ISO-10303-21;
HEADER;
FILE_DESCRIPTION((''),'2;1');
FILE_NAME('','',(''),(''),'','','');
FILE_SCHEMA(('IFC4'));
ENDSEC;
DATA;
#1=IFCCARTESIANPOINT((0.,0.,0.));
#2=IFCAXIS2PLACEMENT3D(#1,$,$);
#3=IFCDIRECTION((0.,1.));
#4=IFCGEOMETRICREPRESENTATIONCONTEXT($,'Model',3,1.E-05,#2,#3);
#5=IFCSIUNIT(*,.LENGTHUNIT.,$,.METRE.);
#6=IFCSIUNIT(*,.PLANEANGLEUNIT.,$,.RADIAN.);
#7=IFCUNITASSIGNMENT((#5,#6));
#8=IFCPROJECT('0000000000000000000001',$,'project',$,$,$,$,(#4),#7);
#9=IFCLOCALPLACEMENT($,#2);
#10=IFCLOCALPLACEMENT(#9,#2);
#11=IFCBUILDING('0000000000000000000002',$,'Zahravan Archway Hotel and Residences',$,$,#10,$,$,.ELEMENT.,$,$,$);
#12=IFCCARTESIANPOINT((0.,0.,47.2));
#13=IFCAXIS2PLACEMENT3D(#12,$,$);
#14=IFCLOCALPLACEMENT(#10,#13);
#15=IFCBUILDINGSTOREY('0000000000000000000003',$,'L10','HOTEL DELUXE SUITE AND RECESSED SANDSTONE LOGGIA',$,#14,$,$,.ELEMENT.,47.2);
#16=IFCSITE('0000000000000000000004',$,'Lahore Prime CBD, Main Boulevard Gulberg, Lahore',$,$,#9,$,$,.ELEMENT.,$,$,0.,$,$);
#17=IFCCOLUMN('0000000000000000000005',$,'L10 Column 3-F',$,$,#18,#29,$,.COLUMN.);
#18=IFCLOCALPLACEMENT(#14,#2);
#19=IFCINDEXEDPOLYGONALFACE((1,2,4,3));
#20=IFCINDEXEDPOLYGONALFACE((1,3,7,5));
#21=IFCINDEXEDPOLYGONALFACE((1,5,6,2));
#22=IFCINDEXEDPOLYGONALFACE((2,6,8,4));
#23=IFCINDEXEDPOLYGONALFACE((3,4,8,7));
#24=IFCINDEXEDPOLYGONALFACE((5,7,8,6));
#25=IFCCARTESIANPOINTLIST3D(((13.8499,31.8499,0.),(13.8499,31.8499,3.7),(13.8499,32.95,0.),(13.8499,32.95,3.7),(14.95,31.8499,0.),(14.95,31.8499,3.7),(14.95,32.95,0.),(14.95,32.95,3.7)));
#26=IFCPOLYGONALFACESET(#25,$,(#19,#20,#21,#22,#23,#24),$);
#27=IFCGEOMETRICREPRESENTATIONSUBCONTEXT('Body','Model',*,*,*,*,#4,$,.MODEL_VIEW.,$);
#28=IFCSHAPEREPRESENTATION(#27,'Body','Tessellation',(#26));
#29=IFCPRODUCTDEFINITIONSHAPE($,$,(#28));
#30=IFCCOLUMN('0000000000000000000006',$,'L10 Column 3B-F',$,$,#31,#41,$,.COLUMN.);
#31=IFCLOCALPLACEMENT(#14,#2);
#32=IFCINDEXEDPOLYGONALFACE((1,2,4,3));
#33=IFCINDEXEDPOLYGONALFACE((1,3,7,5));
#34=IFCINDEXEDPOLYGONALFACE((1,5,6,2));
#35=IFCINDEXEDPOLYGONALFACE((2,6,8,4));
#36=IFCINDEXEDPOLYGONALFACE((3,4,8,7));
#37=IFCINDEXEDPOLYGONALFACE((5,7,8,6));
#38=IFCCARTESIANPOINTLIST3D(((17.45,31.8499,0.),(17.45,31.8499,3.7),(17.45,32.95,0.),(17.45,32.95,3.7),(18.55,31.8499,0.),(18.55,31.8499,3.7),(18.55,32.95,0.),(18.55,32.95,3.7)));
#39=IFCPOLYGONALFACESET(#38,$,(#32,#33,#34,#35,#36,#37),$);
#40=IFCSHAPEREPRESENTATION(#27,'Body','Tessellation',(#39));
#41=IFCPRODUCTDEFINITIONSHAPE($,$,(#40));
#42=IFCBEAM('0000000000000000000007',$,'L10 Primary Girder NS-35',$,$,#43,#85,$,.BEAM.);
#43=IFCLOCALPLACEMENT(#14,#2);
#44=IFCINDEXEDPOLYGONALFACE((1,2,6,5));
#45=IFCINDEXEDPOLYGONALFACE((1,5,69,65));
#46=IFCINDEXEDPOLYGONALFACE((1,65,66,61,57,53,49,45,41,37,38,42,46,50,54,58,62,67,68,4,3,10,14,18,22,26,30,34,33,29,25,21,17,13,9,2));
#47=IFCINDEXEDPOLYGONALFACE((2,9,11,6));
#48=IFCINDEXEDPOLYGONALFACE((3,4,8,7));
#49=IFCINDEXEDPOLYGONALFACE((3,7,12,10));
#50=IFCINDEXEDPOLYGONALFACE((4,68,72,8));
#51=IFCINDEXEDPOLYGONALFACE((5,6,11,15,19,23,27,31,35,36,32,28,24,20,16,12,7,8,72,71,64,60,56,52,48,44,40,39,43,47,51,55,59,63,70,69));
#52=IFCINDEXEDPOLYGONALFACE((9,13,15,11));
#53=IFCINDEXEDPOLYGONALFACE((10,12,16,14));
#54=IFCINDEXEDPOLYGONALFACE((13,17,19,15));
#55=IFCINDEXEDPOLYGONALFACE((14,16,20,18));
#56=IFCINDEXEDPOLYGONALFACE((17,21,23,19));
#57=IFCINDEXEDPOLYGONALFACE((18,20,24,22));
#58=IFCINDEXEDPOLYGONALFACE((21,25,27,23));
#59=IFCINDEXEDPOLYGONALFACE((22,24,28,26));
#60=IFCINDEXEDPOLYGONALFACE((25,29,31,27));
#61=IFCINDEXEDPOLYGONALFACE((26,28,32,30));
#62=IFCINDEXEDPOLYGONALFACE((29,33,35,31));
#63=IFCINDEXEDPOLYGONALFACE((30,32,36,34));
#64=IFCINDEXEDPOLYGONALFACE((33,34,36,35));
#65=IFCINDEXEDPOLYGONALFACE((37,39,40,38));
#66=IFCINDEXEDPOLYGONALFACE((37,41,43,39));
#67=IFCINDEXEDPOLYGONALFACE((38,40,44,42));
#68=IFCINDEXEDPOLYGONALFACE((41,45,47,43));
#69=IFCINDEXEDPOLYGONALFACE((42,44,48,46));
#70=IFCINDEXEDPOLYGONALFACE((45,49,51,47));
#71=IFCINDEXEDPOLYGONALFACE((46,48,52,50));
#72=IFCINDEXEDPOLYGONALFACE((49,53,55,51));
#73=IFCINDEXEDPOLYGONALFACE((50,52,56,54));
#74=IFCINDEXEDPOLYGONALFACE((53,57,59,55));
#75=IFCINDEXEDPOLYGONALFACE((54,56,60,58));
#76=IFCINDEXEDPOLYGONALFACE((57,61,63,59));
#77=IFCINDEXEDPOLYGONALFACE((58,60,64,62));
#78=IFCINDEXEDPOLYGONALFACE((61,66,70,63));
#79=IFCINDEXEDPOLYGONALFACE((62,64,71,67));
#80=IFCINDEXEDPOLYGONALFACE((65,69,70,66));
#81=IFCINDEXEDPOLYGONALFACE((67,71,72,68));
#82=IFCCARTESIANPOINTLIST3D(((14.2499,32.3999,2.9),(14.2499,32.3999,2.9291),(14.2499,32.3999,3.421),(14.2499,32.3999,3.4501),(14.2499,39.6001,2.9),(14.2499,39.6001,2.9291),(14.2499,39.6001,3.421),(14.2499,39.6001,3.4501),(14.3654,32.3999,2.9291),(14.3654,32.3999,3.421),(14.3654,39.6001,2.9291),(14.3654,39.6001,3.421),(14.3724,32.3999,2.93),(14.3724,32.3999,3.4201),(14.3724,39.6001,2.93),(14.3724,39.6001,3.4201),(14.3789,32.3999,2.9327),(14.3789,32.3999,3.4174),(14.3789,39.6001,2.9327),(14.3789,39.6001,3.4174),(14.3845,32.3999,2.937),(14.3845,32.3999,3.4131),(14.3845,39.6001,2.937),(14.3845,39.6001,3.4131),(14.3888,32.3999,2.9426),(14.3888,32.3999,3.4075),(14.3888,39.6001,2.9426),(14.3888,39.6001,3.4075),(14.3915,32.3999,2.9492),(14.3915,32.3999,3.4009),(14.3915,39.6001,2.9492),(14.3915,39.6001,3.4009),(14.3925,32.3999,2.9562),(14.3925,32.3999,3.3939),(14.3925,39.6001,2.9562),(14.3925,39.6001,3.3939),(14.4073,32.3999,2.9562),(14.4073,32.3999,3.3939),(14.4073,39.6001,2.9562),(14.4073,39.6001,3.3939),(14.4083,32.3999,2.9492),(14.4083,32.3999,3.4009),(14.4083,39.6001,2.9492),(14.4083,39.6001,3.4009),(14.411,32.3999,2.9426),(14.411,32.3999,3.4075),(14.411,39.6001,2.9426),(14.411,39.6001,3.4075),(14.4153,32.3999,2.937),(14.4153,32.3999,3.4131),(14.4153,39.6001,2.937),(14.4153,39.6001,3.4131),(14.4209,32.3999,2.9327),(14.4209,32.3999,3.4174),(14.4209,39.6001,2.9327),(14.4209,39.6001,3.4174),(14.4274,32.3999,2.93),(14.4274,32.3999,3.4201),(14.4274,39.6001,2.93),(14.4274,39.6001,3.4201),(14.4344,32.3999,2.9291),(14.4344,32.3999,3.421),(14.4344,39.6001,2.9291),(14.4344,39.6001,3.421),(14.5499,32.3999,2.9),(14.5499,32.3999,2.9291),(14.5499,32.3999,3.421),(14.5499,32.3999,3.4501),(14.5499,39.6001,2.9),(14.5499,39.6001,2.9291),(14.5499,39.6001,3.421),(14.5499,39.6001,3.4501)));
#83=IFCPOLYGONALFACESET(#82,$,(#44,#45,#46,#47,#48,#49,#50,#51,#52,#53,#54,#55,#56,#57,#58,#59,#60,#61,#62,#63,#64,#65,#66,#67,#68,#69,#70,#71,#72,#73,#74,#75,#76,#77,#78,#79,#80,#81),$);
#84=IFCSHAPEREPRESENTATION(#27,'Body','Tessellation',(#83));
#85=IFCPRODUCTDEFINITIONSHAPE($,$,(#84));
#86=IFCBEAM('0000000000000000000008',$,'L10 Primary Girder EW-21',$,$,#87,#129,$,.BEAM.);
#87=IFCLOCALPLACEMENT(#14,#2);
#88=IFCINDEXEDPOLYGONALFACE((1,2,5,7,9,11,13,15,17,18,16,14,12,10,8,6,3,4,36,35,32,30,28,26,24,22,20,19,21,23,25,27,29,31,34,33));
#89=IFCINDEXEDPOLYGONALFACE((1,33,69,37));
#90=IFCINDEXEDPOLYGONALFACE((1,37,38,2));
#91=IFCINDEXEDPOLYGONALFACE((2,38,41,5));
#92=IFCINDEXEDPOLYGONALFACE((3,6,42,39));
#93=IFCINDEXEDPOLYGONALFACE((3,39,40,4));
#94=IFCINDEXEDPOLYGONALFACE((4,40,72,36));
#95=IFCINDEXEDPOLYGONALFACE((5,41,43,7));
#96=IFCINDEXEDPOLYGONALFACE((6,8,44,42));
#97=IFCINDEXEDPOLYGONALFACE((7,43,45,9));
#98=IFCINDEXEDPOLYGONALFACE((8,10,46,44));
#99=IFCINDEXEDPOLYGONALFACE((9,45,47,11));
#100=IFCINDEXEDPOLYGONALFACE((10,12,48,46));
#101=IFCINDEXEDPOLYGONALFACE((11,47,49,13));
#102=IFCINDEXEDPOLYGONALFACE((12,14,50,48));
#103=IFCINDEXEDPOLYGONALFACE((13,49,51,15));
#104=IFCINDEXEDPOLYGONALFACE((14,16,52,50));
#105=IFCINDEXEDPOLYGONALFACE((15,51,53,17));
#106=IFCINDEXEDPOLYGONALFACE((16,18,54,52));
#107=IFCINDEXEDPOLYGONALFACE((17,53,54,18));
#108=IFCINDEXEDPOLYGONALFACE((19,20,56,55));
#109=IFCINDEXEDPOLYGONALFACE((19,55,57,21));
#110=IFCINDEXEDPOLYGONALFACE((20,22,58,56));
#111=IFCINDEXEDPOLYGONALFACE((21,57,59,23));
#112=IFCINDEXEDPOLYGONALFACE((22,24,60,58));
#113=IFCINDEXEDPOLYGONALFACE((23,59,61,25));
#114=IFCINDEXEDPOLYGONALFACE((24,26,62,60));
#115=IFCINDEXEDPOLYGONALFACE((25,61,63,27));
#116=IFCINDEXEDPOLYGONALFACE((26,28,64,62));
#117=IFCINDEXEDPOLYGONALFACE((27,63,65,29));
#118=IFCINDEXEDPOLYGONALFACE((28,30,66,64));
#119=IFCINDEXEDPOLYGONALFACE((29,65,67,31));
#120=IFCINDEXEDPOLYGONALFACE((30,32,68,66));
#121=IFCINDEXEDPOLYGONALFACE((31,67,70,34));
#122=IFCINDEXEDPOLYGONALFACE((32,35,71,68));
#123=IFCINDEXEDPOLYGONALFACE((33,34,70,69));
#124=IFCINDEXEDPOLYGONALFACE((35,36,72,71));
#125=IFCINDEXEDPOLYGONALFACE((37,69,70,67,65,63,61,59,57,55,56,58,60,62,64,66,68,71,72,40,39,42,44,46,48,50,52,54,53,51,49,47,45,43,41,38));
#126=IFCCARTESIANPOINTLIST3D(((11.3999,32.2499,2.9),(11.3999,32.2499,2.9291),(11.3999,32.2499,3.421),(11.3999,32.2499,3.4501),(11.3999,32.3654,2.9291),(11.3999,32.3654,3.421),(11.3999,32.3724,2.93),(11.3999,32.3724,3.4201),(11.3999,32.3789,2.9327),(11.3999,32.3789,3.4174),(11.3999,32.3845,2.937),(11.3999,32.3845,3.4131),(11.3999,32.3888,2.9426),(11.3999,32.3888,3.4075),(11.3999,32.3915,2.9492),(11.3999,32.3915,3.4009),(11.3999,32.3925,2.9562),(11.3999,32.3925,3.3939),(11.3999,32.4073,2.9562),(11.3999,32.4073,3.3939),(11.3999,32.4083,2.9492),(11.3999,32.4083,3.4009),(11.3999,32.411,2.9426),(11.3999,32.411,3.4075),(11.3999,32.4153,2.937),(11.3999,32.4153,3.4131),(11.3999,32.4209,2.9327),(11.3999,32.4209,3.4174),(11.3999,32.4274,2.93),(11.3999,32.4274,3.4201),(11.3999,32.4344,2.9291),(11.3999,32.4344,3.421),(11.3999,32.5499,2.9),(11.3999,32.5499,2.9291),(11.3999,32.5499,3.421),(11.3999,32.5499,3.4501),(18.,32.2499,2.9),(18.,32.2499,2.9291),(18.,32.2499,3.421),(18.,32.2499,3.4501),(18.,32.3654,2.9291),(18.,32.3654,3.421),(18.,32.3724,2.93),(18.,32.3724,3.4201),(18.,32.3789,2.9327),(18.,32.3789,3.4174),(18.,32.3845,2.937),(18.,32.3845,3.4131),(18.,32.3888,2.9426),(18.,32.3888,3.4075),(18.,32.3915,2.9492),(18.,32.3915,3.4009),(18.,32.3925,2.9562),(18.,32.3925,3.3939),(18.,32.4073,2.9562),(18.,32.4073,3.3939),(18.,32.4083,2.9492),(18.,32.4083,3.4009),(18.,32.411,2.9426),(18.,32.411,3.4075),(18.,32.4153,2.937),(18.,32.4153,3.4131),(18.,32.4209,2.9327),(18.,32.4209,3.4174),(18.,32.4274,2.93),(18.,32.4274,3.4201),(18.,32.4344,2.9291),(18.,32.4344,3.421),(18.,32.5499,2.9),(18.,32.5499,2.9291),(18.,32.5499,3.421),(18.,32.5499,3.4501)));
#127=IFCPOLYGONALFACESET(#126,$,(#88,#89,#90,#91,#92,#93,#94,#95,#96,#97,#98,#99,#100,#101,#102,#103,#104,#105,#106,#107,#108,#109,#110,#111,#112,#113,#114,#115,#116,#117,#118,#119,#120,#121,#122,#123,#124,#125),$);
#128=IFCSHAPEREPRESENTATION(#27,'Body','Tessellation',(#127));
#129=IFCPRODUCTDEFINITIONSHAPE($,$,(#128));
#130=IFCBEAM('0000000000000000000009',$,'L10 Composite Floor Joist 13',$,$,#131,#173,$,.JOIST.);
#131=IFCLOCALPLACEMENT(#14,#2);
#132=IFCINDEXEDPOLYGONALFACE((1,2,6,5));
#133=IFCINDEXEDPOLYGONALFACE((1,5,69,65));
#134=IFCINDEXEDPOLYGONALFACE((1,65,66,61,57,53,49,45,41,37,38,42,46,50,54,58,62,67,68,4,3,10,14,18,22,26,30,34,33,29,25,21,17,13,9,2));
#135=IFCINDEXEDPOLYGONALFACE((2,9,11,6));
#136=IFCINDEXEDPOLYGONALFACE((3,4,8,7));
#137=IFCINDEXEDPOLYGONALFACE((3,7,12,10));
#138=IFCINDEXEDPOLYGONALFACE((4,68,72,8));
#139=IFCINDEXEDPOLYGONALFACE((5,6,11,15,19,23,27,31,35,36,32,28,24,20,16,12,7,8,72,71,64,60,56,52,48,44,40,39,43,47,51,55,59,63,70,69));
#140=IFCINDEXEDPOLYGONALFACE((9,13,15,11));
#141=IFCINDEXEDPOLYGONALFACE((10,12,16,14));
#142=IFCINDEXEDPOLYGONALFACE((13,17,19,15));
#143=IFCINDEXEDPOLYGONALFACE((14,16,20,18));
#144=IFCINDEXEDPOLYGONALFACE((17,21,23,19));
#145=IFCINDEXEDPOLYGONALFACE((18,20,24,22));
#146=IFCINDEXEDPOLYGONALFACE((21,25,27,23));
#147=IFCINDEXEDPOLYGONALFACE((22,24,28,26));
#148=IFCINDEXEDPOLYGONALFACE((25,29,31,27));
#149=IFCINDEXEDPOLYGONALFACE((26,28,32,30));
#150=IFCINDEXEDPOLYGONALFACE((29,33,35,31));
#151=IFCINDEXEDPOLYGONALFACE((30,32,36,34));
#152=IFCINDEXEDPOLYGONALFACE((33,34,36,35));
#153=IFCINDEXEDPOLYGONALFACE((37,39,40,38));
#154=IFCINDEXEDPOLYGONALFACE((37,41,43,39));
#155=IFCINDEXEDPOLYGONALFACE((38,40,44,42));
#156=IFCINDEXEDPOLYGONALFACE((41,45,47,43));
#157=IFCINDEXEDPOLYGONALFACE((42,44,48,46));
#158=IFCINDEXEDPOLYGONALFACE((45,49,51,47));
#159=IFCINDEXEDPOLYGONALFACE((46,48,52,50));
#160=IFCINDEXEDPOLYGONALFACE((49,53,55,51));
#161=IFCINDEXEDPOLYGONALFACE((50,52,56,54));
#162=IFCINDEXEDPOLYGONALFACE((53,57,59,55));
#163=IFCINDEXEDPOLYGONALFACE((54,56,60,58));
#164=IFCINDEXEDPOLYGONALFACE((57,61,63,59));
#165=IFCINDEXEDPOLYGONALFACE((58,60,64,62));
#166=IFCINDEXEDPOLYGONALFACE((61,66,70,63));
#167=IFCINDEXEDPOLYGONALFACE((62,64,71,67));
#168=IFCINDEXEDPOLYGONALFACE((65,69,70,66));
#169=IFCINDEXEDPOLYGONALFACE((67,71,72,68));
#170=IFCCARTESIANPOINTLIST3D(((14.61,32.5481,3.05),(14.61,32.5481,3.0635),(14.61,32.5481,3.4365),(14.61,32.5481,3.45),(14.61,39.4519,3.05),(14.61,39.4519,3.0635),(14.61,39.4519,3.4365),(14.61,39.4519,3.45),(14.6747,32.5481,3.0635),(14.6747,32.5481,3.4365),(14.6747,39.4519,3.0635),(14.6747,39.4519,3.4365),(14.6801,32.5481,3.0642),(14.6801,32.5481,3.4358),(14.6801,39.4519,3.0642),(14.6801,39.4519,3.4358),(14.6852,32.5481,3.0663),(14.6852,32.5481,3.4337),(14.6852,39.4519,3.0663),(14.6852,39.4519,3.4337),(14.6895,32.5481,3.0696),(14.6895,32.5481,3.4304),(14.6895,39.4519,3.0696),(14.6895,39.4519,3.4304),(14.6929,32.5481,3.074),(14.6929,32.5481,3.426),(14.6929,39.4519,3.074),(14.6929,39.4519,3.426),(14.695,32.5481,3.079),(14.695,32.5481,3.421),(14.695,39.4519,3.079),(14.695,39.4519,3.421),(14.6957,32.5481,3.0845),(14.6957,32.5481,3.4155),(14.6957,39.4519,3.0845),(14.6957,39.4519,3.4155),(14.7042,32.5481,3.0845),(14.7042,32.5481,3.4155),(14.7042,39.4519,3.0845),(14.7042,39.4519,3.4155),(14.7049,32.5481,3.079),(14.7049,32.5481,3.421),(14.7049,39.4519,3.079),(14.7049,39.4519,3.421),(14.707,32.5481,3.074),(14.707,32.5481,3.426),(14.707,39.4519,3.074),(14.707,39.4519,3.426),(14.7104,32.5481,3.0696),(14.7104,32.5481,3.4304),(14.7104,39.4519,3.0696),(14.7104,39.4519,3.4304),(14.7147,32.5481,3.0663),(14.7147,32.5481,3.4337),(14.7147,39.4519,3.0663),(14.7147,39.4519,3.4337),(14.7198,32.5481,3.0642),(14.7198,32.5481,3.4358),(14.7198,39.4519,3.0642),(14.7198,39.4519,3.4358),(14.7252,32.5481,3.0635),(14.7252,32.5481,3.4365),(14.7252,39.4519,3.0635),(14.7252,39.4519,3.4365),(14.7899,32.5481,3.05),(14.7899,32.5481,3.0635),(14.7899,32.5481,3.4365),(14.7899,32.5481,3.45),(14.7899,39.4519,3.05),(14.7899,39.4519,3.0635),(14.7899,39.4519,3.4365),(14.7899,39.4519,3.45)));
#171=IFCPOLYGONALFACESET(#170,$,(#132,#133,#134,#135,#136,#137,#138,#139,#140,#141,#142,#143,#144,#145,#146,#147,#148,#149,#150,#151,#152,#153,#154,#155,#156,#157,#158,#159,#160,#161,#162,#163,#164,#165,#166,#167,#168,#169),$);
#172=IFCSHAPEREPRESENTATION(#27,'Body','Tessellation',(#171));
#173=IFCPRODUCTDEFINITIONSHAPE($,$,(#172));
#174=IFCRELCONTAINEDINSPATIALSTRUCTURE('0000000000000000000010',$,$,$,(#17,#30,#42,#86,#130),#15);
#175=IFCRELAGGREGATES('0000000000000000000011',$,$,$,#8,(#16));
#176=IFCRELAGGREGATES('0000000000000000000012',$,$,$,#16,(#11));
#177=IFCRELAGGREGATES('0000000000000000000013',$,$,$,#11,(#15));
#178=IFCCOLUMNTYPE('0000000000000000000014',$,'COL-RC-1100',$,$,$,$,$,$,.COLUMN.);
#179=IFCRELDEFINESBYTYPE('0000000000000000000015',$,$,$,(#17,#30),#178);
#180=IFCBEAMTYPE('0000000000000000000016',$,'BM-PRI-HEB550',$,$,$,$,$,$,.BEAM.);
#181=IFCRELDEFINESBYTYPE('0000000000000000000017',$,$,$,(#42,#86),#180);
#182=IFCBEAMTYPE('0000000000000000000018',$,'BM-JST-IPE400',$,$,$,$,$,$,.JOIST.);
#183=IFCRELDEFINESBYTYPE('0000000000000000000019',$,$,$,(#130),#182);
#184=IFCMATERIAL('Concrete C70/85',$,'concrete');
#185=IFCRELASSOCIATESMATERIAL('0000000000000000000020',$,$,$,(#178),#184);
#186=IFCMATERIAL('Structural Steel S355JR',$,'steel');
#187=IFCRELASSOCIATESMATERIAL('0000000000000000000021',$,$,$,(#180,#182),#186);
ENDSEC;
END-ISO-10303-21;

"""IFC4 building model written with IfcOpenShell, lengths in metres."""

from ifc_helpers import new_model, si_unit, direction, frame, origin, origin_2d, place, context, subcontext, project, spatial, rectangle, i_section, extrude, source, transform, mapped, material, material_profile, profile_set, type_object, type_shapes, element, save


model = new_model("IFC4")

# Units and contexts
model_context = context("Model", 3, precision=1e-05, world=origin(), true_north=direction((0.0, 1.0)))
body_context = subcontext(model_context, "Body", "Model", "MODEL_VIEW")
ifc_project = project(units=[si_unit("LENGTHUNIT", "METRE"), si_unit("PLANEANGLEUNIT", "RADIAN")], contexts=[model_context])

# Site, building, storey
site_placement = place(None, origin())
site = spatial("IfcSite", under=ifc_project, at=site_placement, Name="Lahore Prime CBD, Main Boulevard Gulberg, Lahore", CompositionType="ELEMENT", RefElevation=0.0)
building_placement = place(site_placement, origin())
building = spatial("IfcBuilding", under=site, at=building_placement, Name="Zahravan Archway Hotel and Residences", CompositionType="ELEMENT")
storey_placement = place(building_placement, frame((0.0, 0.0, 47.2)))
storey = spatial("IfcBuildingStorey", under=building, at=storey_placement, Name="L10", Description="HOTEL DELUXE SUITE AND RECESSED SANDSTONE LOGGIA", CompositionType="ELEMENT", Elevation=47.2)

# Columns
ifc_material_1 = material(Name="Concrete C70/85", Category="concrete")
ifc_material_profile_1 = material_profile(ifc_material_1, rectangle(XDim=1.1001, YDim=1.1001, at=origin_2d()), Name="RC 1100x1100", Category="concrete")
ifc_profile_set_1 = profile_set([ifc_material_profile_1], Name="Concrete C70/85")
column_type = type_object("IfcColumnType", Name="COL-RC-1100", PredefinedType="COLUMN", material=ifc_profile_set_1)
shared_shape_1 = source(origin(), body_context, "Body", "SweptSolid", [
    extrude(rectangle(XDim=1.1001, YDim=1.1001, at=origin_2d()), origin(), (0.0, 0.0, 1.0), 3.7),
])
for number, where, z_axis, x_axis, name in (
    (1, (14.3999, 32.3999, 0.0), (0.0, 0.0, 1.0), (1.0, 0.0, 0.0), "L10 Column 3-F"),
    (2, (18.0, 32.3999, 0.0), (0.0, 0.0, 1.0), (1.0, 0.0, 0.0), "L10 Column 3B-F"),
):
    element("IfcColumn", number, at=place(storey_placement, frame(where, z_axis=z_axis, x_axis=x_axis)), inside=storey, type_object=column_type, Name=name, PredefinedType="COLUMN", context=body_context, shape_type="MappedRepresentation", body=[
        mapped(shared_shape_1, transform((0.0, 0.0, 0.0), scale=1.0)),
    ])

# Beams
ifc_material_2 = material(Name="Structural Steel S355JR", Category="steel")
ifc_material_profile_2 = material_profile(ifc_material_2, i_section(OverallWidth=0.3, OverallDepth=0.55, WebThickness=0.0149, FlangeThickness=0.0291, FilletRadius=0.0271, at=origin_2d()), Name="HEB 550", Category="steel")
ifc_profile_set_2 = profile_set([ifc_material_profile_2], Name="Structural Steel S355JR")
beam_type_1 = type_object("IfcBeamType", Name="BM-PRI-HEB550", PredefinedType="BEAM", material=ifc_profile_set_2)
shared_shape_2 = source(origin(), body_context, "Body", "SweptSolid", [
    extrude(i_section(OverallWidth=0.3, OverallDepth=0.55, WebThickness=0.0149, FlangeThickness=0.0291, FilletRadius=0.0271, at=origin_2d()), origin(), (0.0, 0.0, 1.0), 7.2002),
])
type_shapes(beam_type_1, [shared_shape_2])
beam_1_placement = place(storey_placement, frame((14.3999, 32.3999, 3.175), z_axis=(0.0, 1.0, 0.0), x_axis=(-1.0, 0.0, 0.0)))
element("IfcBeam", 3, at=beam_1_placement, inside=storey, type_object=beam_type_1, Name="L10 Primary Girder NS-35", PredefinedType="BEAM", context=body_context, shape_type="MappedRepresentation", body=[
    mapped(shared_shape_2, transform((0.0, 0.0, 0.0), scale=1.0)),
])
shared_shape_3 = source(origin(), body_context, "Body", "SweptSolid", [
    extrude(i_section(OverallWidth=0.3, OverallDepth=0.55, WebThickness=0.0149, FlangeThickness=0.0291, FilletRadius=0.0271, at=origin_2d()), origin(), (0.0, 0.0, 1.0), 6.6001),
])
beam_2_placement = place(storey_placement, frame((11.3999, 32.3999, 3.175), z_axis=(1.0, 0.0, 0.0), x_axis=(0.0, 1.0, 0.0)))
element("IfcBeam", 4, at=beam_2_placement, inside=storey, type_object=beam_type_1, Name="L10 Primary Girder EW-21", PredefinedType="BEAM", context=body_context, shape_type="MappedRepresentation", body=[
    mapped(shared_shape_3, transform((0.0, 0.0, 0.0), scale=1.0)),
])
ifc_material_profile_3 = material_profile(ifc_material_2, i_section(OverallWidth=0.1799, OverallDepth=0.3999, WebThickness=0.0085, FlangeThickness=0.0134, FilletRadius=0.021, at=origin_2d()), Name="IPE 400", Category="steel")
ifc_profile_set_3 = profile_set([ifc_material_profile_3], Name="Structural Steel S355JR")
beam_type_2 = type_object("IfcBeamType", Name="BM-JST-IPE400", PredefinedType="JOIST", material=ifc_profile_set_3)
shared_shape_4 = source(origin(), body_context, "Body", "SweptSolid", [
    extrude(i_section(OverallWidth=0.1799, OverallDepth=0.3999, WebThickness=0.0085, FlangeThickness=0.0134, FilletRadius=0.021, at=origin_2d()), origin(), (0.0, 0.0, 1.0), 6.9038),
])
beam_3_placement = place(storey_placement, frame((14.7, 32.5481, 3.25), z_axis=(0.0, 1.0, 0.0), x_axis=(-1.0, 0.0, 0.0)))
element("IfcBeam", 5, at=beam_3_placement, inside=storey, type_object=beam_type_2, Name="L10 Composite Floor Joist 13", PredefinedType="JOIST", context=body_context, shape_type="MappedRepresentation", body=[
    mapped(shared_shape_4, transform((0.0, 0.0, 0.0), scale=1.0)),
])

save(model, "model.ifc")
